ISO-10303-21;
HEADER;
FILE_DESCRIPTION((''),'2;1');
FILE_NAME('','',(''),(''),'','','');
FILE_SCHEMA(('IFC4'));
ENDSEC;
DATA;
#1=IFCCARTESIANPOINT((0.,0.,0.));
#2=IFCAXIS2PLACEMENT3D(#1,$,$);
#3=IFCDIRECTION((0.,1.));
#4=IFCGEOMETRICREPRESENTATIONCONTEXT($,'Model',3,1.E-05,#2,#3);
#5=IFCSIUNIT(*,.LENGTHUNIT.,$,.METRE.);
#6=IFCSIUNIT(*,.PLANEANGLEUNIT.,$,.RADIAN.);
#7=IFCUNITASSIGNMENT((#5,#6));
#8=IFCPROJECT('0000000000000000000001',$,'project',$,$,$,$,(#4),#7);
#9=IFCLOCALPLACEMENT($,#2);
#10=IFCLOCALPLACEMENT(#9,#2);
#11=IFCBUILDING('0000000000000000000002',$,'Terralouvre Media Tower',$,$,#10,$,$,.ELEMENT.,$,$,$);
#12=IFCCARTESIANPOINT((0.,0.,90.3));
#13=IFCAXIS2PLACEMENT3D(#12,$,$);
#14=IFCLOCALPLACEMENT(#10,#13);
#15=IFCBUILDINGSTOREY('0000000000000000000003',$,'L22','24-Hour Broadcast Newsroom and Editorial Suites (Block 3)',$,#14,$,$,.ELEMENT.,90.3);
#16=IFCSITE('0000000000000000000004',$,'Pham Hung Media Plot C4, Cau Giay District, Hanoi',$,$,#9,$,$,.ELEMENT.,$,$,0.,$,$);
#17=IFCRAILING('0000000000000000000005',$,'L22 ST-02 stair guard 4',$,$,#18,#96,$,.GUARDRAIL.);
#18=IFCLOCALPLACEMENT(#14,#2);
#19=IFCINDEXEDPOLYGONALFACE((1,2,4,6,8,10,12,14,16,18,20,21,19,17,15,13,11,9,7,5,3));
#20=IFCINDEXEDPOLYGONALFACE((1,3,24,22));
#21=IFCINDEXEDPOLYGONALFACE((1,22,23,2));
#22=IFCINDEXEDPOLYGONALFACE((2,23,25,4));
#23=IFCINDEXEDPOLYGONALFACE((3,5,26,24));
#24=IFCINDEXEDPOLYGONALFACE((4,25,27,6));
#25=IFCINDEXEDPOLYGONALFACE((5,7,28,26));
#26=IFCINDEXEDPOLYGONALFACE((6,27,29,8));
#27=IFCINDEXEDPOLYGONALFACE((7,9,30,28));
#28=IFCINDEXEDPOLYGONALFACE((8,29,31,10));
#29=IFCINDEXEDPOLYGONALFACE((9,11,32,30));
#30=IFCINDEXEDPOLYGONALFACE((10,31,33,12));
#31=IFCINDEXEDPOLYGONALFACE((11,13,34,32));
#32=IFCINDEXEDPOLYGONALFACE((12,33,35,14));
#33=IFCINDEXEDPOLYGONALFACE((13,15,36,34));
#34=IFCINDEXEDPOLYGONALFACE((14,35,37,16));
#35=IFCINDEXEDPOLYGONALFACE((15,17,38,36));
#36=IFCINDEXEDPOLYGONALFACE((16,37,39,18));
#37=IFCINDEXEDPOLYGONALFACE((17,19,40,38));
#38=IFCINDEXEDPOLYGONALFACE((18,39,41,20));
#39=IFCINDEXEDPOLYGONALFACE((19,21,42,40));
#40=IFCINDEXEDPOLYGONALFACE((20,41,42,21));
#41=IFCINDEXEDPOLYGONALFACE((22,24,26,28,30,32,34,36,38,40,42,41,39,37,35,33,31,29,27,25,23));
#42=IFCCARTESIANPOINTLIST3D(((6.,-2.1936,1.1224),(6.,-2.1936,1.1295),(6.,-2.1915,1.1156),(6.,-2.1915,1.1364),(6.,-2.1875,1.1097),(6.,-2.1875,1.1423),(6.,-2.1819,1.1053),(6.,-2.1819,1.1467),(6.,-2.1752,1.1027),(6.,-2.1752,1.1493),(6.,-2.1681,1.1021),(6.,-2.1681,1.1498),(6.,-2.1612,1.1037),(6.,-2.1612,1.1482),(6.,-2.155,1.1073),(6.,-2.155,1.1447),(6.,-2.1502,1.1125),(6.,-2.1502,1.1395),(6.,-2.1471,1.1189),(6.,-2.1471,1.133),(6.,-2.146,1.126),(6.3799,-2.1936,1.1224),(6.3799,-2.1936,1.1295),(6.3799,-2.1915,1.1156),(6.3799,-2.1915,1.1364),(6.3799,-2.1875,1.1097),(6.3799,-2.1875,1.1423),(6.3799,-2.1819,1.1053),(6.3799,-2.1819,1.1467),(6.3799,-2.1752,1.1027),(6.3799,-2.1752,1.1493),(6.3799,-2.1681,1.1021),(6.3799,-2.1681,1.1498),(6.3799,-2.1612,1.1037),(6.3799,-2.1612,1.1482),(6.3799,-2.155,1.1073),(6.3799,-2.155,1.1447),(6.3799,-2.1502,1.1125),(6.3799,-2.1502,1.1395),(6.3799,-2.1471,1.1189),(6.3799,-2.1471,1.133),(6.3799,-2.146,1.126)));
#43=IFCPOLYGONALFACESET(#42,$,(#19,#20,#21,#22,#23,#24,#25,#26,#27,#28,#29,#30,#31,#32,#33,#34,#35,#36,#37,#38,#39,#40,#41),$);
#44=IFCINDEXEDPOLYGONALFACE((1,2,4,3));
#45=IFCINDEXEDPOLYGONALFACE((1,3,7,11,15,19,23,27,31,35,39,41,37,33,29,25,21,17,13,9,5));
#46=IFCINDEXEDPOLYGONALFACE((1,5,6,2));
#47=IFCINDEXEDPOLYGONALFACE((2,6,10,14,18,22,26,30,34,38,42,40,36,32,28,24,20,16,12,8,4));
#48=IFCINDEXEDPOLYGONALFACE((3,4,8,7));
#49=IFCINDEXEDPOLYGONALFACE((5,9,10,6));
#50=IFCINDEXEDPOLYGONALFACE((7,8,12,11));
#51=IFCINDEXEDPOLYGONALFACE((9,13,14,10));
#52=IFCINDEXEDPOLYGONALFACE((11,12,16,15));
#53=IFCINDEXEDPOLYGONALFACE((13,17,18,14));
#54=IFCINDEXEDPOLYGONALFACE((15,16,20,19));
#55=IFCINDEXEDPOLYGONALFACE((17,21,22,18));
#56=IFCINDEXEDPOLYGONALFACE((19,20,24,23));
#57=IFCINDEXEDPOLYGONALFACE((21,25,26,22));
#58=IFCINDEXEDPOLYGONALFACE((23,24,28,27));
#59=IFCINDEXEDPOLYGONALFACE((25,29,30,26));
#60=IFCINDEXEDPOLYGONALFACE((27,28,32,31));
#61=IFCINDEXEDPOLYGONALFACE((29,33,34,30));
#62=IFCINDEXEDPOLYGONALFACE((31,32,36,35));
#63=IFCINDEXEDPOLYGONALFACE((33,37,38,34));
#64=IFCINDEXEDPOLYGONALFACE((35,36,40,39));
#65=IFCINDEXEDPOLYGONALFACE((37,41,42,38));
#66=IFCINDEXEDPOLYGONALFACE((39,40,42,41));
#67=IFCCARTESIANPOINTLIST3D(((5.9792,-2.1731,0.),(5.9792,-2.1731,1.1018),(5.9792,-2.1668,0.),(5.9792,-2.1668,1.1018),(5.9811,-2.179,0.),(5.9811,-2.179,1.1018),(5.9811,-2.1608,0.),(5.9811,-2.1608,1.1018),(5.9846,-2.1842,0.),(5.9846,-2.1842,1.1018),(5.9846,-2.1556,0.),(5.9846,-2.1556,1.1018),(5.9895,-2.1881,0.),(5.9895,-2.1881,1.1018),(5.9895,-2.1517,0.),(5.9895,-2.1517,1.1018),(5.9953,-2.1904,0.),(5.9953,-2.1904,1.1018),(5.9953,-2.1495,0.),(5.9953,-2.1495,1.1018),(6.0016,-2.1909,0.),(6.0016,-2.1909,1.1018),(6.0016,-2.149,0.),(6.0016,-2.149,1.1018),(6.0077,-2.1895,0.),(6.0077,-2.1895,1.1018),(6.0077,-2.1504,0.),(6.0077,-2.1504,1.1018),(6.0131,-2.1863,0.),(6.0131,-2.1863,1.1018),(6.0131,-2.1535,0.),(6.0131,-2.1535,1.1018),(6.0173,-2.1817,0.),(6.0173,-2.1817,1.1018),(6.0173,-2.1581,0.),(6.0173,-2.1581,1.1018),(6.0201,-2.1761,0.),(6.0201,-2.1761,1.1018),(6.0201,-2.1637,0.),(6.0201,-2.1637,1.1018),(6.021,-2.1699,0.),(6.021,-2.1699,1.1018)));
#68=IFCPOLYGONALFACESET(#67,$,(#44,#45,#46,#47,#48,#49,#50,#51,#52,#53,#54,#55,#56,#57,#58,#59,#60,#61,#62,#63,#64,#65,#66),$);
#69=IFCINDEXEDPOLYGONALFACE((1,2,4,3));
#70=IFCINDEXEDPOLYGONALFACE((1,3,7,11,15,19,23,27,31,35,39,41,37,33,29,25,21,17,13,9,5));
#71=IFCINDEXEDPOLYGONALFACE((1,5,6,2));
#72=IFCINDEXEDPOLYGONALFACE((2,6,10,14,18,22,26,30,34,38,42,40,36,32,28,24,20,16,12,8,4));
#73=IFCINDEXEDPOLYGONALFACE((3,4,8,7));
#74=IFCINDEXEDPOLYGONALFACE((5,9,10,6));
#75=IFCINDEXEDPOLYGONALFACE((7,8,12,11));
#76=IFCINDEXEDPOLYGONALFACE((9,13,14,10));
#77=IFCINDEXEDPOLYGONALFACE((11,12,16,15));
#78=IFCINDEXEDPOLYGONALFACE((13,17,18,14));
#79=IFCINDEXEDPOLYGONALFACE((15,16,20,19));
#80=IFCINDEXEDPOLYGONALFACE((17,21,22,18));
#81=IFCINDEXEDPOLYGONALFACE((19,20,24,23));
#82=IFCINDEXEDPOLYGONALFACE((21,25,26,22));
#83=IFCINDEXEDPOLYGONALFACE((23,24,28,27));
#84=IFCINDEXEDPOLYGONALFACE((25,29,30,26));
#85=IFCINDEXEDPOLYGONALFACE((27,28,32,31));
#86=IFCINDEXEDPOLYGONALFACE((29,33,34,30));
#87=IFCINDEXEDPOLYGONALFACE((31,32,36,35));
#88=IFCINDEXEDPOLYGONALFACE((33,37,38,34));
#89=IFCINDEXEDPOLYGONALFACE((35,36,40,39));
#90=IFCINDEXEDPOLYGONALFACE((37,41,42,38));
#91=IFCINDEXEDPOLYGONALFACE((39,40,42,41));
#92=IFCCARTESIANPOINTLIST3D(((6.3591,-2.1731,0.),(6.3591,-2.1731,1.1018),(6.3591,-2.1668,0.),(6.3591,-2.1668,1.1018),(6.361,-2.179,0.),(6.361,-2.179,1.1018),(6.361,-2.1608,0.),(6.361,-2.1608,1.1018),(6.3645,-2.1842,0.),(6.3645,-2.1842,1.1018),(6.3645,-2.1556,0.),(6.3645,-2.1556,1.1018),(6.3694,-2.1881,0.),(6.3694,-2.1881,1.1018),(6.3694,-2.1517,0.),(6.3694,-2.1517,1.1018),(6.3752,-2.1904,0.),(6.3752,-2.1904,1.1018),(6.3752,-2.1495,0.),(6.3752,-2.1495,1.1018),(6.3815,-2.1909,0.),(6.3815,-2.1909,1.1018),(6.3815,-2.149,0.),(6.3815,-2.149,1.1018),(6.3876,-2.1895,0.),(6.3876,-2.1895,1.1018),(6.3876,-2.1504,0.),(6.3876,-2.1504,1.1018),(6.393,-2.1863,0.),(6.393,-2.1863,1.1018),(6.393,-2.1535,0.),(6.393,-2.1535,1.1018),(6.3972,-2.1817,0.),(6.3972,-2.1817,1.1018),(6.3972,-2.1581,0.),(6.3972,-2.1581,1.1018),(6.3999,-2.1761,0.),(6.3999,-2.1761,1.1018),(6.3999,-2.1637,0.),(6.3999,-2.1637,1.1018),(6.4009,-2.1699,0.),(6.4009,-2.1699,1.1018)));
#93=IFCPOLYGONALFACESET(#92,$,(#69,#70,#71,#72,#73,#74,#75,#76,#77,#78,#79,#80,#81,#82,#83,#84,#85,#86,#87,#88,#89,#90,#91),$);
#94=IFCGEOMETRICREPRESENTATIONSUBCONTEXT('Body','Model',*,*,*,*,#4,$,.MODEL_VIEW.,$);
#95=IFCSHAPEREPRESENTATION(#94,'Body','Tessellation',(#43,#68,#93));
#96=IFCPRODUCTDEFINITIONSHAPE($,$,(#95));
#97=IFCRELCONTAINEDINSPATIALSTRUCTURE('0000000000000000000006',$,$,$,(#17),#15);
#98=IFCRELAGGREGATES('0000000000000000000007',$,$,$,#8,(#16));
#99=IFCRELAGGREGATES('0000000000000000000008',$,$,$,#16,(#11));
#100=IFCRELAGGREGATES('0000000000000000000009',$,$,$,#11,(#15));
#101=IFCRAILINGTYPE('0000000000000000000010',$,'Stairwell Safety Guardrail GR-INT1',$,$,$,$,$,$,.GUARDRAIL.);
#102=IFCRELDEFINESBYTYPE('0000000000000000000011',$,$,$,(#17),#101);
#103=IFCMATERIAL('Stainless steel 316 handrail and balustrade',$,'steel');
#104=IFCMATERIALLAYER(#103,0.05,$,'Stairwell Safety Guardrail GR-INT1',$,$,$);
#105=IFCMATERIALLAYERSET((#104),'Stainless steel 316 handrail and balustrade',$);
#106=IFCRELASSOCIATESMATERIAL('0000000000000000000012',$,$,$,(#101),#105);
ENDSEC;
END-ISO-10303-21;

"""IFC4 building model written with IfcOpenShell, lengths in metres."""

from ifc_helpers import new_model, si_unit, direction, frame, origin, origin_2d, place, context, subcontext, project, spatial, circle, extrude, material, layer, layer_set, type_object, element, save


model = new_model("IFC4")

# Units and contexts
model_context = context("Model", 3, precision=1e-05, world=origin(), true_north=direction((0.0, 1.0)))
body_context = subcontext(model_context, "Body", "Model", "MODEL_VIEW")
ifc_project = project(units=[si_unit("LENGTHUNIT", "METRE"), si_unit("PLANEANGLEUNIT", "RADIAN")], contexts=[model_context])

# Site, building, storey
site_placement = place(None, origin())
site = spatial("IfcSite", under=ifc_project, at=site_placement, Name="Pham Hung Media Plot C4, Cau Giay District, Hanoi", CompositionType="ELEMENT", RefElevation=0.0)
building_placement = place(site_placement, origin())
building = spatial("IfcBuilding", under=site, at=building_placement, Name="Terralouvre Media Tower", CompositionType="ELEMENT")
storey_placement = place(building_placement, frame((0.0, 0.0, 90.3)))
storey = spatial("IfcBuildingStorey", under=building, at=storey_placement, Name="L22", Description="24-Hour Broadcast Newsroom and Editorial Suites (Block 3)", CompositionType="ELEMENT", Elevation=90.3)

# Railing
ifc_material_1 = material(Name="Stainless steel 316 handrail and balustrade", Category="steel")
ifc_layer_1 = layer(ifc_material_1, 0.05, Name="Stairwell Safety Guardrail GR-INT1")
ifc_layer_set_1 = layer_set([ifc_layer_1], Name="Stainless steel 316 handrail and balustrade")
railing_type_1 = type_object("IfcRailingType", Name="Stairwell Safety Guardrail GR-INT1", PredefinedType="GUARDRAIL", material=ifc_layer_set_1)
railing_1_placement = place(storey_placement, frame((6.0, -2.1699, 0.0)))
element("IfcRailing", 1, at=railing_1_placement, inside=storey, type_object=railing_type_1, Name="L22 ST-02 stair guard 4", PredefinedType="GUARDRAIL", context=body_context, shape_type="SweptSolid", body=[
    extrude(circle(Radius=0.0239, at=origin_2d()), frame((0.0, 0.0, 1.126), z_axis=(1.0, 0.0, 0.0), x_axis=(0.0, 1.0, 0.0)), (0.0, 0.0, 1.0), 0.3799),
    extrude(circle(Radius=0.021, at=origin_2d()), origin(), (0.0, 0.0, 1.0), 1.1018),
    extrude(circle(Radius=0.021, at=origin_2d()), frame((0.3799, 0.0, 0.0)), (0.0, 0.0, 1.0), 1.1018),
])

save(model, "model.ifc")
